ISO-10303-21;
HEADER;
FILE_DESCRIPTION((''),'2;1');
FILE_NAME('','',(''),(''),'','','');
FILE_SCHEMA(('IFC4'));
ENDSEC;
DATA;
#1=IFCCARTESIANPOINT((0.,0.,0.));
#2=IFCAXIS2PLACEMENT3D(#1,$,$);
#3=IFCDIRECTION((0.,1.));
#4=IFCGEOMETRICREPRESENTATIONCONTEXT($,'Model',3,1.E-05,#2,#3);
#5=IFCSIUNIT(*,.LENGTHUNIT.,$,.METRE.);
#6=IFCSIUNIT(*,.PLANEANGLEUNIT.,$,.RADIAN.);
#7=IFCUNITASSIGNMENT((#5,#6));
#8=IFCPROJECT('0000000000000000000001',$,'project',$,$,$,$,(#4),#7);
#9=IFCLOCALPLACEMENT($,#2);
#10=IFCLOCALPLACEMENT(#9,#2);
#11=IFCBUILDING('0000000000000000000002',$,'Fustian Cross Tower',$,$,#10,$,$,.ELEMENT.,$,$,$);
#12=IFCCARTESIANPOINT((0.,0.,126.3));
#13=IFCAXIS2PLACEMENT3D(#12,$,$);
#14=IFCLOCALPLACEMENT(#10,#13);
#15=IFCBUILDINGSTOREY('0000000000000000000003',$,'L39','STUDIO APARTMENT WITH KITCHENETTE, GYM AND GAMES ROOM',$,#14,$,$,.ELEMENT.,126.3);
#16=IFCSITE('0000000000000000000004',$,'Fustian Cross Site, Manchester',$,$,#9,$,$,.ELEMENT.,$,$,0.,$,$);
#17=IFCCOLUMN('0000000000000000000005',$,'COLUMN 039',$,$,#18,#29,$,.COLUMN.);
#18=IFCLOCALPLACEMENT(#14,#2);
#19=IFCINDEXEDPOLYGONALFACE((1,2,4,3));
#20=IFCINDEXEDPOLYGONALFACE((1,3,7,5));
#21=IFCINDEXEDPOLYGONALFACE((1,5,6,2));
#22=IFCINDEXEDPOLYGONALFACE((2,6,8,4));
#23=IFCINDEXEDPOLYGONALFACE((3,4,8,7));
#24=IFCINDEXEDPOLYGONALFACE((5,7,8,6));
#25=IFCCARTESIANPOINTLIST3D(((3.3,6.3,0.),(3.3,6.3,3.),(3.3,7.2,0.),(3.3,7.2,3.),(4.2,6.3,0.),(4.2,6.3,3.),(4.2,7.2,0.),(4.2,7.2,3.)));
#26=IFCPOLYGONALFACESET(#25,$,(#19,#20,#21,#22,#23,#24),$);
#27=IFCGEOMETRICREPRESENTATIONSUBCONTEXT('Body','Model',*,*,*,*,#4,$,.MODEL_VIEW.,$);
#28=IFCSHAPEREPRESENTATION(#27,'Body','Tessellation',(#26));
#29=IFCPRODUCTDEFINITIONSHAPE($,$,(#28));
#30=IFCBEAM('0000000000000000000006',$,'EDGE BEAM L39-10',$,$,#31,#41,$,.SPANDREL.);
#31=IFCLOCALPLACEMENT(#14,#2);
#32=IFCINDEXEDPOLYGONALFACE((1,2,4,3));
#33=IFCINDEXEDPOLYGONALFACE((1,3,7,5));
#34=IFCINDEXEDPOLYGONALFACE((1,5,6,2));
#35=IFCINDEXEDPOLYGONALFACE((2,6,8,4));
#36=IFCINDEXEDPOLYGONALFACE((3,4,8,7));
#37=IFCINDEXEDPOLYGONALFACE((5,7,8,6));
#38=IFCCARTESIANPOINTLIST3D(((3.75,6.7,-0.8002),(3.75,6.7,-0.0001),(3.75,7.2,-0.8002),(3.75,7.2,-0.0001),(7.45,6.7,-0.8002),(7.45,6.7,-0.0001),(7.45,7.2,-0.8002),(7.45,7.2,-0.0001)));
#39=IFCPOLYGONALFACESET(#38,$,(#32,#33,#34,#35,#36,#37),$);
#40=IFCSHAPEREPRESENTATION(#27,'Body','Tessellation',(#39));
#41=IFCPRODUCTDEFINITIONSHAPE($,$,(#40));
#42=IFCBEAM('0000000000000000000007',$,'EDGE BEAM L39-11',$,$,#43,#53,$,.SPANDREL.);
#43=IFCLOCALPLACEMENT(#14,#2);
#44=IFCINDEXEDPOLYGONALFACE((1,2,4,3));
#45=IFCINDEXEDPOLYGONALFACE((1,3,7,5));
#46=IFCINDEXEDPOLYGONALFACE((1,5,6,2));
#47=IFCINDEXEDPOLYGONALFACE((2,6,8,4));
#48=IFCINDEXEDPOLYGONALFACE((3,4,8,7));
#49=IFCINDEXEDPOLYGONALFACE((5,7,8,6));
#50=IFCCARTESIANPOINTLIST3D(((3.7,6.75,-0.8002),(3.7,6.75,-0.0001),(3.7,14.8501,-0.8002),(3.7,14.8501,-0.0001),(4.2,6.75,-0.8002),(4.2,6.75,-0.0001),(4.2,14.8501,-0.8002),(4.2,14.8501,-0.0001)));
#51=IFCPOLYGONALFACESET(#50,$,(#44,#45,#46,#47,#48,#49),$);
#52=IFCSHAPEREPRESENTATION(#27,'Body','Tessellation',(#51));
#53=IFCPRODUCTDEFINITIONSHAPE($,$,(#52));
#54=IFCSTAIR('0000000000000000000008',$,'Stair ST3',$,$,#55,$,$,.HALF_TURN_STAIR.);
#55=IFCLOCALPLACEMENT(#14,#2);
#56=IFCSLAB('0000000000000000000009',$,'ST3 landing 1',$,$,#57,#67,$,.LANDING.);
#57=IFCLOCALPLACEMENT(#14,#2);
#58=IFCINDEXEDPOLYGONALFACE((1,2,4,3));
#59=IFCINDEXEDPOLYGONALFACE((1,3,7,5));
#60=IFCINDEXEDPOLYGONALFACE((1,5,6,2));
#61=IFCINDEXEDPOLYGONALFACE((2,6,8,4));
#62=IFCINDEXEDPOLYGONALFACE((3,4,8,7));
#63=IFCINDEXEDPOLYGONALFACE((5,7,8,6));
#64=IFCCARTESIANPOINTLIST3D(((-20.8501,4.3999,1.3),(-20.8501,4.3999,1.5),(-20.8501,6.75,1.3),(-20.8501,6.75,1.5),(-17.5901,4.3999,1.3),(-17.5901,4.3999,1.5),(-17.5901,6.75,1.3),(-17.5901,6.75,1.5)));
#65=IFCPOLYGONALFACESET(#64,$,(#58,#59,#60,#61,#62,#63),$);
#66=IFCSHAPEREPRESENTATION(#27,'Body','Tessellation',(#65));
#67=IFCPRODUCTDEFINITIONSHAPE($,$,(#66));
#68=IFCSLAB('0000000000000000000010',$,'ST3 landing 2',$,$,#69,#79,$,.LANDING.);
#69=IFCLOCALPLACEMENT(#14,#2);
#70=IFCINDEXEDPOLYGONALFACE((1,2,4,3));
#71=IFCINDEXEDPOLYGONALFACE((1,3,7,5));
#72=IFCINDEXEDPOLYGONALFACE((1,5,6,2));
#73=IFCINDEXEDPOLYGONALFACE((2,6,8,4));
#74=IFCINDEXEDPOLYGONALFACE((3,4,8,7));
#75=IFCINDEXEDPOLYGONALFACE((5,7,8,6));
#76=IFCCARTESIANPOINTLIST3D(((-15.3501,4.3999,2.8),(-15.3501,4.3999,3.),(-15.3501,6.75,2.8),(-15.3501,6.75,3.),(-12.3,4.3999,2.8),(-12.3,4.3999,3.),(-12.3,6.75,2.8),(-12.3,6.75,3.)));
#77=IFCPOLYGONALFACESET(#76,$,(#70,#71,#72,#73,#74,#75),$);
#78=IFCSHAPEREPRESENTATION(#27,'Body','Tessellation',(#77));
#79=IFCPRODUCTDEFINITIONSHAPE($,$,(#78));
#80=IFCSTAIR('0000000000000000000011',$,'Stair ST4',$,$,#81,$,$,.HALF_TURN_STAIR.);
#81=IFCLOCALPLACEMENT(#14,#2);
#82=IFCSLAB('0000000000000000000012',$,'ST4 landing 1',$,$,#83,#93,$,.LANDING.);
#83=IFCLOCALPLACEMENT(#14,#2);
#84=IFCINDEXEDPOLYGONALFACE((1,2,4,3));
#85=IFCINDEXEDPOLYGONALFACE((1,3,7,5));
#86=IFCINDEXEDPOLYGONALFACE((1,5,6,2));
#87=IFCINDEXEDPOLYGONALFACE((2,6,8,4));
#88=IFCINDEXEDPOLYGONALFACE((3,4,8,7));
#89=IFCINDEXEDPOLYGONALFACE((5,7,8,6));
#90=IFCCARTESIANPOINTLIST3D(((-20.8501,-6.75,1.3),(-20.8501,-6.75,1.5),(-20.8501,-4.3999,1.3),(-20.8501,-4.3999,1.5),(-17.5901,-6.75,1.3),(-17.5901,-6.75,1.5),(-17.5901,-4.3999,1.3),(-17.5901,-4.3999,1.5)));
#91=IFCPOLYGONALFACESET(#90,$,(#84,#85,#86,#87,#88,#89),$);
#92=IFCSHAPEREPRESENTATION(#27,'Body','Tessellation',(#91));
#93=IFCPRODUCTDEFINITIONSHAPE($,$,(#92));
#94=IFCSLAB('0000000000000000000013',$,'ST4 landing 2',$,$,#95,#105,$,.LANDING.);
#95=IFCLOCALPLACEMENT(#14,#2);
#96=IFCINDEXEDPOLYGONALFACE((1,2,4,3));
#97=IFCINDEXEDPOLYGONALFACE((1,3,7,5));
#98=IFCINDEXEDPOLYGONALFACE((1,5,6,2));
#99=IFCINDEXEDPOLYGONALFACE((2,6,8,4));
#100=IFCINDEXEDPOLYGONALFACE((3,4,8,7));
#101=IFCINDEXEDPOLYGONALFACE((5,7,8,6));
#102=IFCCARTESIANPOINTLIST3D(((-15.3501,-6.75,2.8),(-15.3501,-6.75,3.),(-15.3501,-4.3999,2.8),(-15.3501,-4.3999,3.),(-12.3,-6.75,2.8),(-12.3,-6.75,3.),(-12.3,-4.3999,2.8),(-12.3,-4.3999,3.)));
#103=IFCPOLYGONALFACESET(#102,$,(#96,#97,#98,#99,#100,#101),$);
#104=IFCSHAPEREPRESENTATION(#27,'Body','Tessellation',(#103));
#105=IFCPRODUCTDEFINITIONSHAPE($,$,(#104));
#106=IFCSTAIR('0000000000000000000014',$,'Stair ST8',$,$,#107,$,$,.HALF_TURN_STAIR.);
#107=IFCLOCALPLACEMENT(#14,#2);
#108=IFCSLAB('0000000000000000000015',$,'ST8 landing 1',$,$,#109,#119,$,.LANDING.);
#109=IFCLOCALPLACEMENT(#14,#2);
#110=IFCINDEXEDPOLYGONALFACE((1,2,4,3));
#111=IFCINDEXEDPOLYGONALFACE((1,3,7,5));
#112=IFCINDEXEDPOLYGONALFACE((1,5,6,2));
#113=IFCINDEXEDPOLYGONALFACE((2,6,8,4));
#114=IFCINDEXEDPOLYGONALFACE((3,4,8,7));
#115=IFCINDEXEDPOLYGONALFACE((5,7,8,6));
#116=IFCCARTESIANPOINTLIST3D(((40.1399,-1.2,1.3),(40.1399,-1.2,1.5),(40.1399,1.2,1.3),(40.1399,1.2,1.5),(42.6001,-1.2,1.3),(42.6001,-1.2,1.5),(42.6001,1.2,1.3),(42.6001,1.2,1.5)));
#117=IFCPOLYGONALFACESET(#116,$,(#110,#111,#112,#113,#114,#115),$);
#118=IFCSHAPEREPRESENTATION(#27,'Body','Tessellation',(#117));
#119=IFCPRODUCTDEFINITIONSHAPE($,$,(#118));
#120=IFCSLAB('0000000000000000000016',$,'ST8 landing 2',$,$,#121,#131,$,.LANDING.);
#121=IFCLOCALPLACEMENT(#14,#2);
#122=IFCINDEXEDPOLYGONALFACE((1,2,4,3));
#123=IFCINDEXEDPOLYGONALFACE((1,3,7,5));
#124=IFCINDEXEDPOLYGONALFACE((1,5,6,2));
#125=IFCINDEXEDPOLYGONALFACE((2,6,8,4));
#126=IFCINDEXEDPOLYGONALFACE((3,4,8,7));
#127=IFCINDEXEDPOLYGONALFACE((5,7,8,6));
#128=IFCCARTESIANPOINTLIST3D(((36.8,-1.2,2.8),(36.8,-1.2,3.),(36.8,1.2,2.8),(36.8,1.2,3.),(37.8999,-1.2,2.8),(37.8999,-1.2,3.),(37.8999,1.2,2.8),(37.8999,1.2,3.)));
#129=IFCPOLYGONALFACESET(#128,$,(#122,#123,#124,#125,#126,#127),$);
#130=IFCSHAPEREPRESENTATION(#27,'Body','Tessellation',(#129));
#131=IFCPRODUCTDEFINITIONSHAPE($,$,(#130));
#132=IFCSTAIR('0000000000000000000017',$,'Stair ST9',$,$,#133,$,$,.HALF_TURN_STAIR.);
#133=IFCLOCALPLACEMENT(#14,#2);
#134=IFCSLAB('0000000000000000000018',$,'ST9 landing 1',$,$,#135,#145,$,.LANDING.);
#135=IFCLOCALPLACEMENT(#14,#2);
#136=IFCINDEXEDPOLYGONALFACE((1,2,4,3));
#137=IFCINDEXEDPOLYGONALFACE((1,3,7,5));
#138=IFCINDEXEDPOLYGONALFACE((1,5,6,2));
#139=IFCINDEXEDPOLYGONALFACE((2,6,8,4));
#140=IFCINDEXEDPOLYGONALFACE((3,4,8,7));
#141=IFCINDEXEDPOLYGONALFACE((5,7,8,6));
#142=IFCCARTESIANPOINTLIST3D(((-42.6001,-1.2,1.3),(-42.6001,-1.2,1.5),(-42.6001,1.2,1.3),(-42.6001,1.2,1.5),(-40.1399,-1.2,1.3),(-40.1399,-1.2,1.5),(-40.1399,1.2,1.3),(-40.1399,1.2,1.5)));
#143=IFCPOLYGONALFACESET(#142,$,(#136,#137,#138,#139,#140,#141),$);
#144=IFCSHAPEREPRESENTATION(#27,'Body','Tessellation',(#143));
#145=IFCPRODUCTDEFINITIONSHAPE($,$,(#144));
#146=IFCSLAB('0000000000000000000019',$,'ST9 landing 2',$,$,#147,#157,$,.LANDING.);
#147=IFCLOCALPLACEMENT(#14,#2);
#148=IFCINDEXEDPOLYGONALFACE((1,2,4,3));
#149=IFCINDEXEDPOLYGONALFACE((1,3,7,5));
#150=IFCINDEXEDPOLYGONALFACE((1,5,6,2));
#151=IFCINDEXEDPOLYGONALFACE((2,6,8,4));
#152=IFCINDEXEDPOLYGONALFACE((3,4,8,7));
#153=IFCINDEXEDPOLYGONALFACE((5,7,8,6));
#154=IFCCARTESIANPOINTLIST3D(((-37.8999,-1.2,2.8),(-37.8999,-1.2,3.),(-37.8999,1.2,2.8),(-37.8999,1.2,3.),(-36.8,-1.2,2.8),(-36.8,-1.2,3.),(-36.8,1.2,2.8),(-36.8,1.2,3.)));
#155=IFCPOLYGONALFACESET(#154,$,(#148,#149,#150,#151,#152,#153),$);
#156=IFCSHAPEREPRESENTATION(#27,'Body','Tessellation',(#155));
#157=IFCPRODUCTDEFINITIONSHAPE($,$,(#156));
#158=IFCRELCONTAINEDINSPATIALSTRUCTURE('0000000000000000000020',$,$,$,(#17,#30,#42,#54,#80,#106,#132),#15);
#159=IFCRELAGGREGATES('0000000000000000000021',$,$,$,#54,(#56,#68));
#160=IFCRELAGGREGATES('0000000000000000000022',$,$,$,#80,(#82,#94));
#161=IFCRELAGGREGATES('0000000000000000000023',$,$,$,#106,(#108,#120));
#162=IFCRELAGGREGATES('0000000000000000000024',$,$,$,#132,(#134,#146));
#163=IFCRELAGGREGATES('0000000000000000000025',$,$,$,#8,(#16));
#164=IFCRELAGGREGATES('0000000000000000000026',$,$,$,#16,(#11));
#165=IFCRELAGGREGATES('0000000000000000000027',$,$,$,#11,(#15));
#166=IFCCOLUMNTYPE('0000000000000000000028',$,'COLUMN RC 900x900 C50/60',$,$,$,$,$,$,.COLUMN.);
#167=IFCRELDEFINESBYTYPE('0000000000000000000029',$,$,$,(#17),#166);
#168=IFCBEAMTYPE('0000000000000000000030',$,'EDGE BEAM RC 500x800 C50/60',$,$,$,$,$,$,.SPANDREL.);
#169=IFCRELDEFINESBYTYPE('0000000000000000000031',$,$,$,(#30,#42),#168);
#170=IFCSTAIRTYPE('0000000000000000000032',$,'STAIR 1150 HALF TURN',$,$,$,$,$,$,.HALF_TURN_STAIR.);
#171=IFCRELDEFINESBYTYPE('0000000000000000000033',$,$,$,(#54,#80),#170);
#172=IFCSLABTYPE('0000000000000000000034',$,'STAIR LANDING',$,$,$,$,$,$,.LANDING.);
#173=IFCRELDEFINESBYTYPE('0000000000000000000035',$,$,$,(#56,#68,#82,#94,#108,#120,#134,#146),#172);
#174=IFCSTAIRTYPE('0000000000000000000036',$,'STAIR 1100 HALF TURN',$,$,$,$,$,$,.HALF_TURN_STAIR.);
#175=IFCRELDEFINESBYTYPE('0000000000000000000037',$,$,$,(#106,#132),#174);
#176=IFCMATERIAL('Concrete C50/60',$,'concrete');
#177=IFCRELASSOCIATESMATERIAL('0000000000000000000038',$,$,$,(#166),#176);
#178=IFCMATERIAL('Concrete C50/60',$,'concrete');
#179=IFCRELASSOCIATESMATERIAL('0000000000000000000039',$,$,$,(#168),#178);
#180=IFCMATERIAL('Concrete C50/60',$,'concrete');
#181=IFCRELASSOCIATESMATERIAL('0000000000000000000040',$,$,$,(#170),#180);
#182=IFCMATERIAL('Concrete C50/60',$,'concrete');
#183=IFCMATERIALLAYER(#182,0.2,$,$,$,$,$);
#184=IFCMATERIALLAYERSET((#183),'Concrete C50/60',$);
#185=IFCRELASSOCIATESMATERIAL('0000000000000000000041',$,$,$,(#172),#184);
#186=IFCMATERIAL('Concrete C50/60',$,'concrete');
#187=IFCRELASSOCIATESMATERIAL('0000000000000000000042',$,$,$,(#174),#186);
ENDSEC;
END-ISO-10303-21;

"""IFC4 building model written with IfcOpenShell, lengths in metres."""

from ifc_helpers import new_model, si_unit, direction, frame, origin, origin_2d, place, context, subcontext, project, spatial, polyline, rectangle, outline, extrude, material, layer, layer_set, material_profile, profile_set, type_object, element, aggregate, save


model = new_model("IFC4")

# Units and contexts
model_context = context("Model", 3, precision=1e-05, world=origin(), true_north=direction((0.0, 1.0)))
body_context = subcontext(model_context, "Body", "Model", "MODEL_VIEW")
ifc_project = project(units=[si_unit("LENGTHUNIT", "METRE"), si_unit("PLANEANGLEUNIT", "RADIAN")], contexts=[model_context])

# Site, building, storey
site_placement = place(None, origin())
site = spatial("IfcSite", under=ifc_project, at=site_placement, Name="Fustian Cross Site, Manchester", CompositionType="ELEMENT", RefElevation=0.0)
building_placement = place(site_placement, origin())
building = spatial("IfcBuilding", under=site, at=building_placement, Name="Fustian Cross Tower", CompositionType="ELEMENT")
storey_placement = place(building_placement, frame((0.0, 0.0, 126.3)))
storey = spatial("IfcBuildingStorey", under=building, at=storey_placement, Name="L39", Description="STUDIO APARTMENT WITH KITCHENETTE, GYM AND GAMES ROOM", CompositionType="ELEMENT", Elevation=126.3)

# Column
ifc_material_1 = material(Name="Concrete C50/60", Category="concrete")
ifc_material_profile_1 = material_profile(ifc_material_1, rectangle(XDim=0.8999, YDim=0.8999, at=origin_2d()), Name="RC 900x900")
ifc_profile_set_1 = profile_set([ifc_material_profile_1], Name="Concrete C50/60")
column_type = type_object("IfcColumnType", Name="COLUMN RC 900x900 C50/60", PredefinedType="COLUMN", material=ifc_profile_set_1)
column_placement = place(storey_placement, frame((3.75, 6.75, 0.0), z_axis=(0.0, 0.0, 1.0), x_axis=(1.0, 0.0, 0.0)))
element("IfcColumn", 1, at=column_placement, inside=storey, type_object=column_type, Name="COLUMN 039", PredefinedType="COLUMN", context=body_context, shape_type="SweptSolid", body=[
    extrude(rectangle(XDim=0.8999, YDim=0.8999, at=origin_2d()), origin(), (0.0, 0.0, 1.0), 3.0),
])

# Beams
ifc_material_2 = material(Name="Concrete C50/60", Category="concrete")
ifc_material_profile_2 = material_profile(ifc_material_2, rectangle(XDim=0.5, YDim=0.8, at=origin_2d()), Name="RC 500x800")
ifc_profile_set_2 = profile_set([ifc_material_profile_2], Name="Concrete C50/60")
beam_type = type_object("IfcBeamType", Name="EDGE BEAM RC 500x800 C50/60", PredefinedType="SPANDREL", material=ifc_profile_set_2)
beam_1_placement = place(storey_placement, frame((7.45, 6.95, -0.4001), z_axis=(-1.0, 0.0, 0.0), x_axis=(0.0, -1.0, 0.0)))
element("IfcBeam", 2, at=beam_1_placement, inside=storey, type_object=beam_type, Name="EDGE BEAM L39-10", PredefinedType="SPANDREL", context=body_context, shape_type="SweptSolid", body=[
    extrude(rectangle(XDim=0.5, YDim=0.8, at=origin_2d()), origin(), (0.0, 0.0, 1.0), 3.7),
])
beam_2_placement = place(storey_placement, frame((3.95, 6.75, -0.4001), z_axis=(0.0, 1.0, 0.0), x_axis=(-1.0, 0.0, 0.0)))
element("IfcBeam", 3, at=beam_2_placement, inside=storey, type_object=beam_type, Name="EDGE BEAM L39-11", PredefinedType="SPANDREL", context=body_context, shape_type="SweptSolid", body=[
    extrude(rectangle(XDim=0.5, YDim=0.8, at=origin_2d()), origin(), (0.0, 0.0, 1.0), 8.1001),
])

# Stairs, slabs
ifc_material_3 = material(Name="Concrete C50/60", Category="concrete")
stair_type_1 = type_object("IfcStairType", Name="STAIR 1150 HALF TURN", PredefinedType="HALF_TURN_STAIR", material=ifc_material_3)
stair_1_placement = place(storey_placement, origin())
stair_1 = element("IfcStair", 4, at=stair_1_placement, inside=storey, type_object=stair_type_1, Name="Stair ST3", PredefinedType="HALF_TURN_STAIR")
ifc_material_4 = material(Name="Concrete C50/60", Category="concrete")
ifc_layer_1 = layer(ifc_material_4, 0.2)
ifc_layer_set_1 = layer_set([ifc_layer_1], Name="Concrete C50/60")
slab_type = type_object("IfcSlabType", Name="STAIR LANDING", PredefinedType="LANDING", material=ifc_layer_set_1)
slab_1_placement = place(storey_placement, frame((0.0, 0.0, 1.3)))
slab_1 = element("IfcSlab", 5, at=slab_1_placement, type_object=slab_type, Name="ST3 landing 1", PredefinedType="LANDING", context=body_context, shape_type="SweptSolid", body=[
    extrude(outline(polyline([(-17.5901, 4.3999), (-20.8501, 4.3999), (-20.8501, 6.75), (-17.5901, 6.75), (-17.5901, 4.3999)])), origin(), (0.0, 0.0, 1.0), 0.2),
])
slab_2_placement = place(storey_placement, frame((0.0, 0.0, 2.8)))
slab_2 = element("IfcSlab", 6, at=slab_2_placement, type_object=slab_type, Name="ST3 landing 2", PredefinedType="LANDING", context=body_context, shape_type="SweptSolid", body=[
    extrude(outline(polyline([(-12.3, 4.3999), (-15.3501, 4.3999), (-15.3501, 6.75), (-12.3, 6.75), (-12.3, 4.3999)])), origin(), (0.0, 0.0, 1.0), 0.2),
])
aggregate(stair_1, [slab_1, slab_2])
stair_2_placement = place(storey_placement, origin())
stair_2 = element("IfcStair", 7, at=stair_2_placement, inside=storey, type_object=stair_type_1, Name="Stair ST4", PredefinedType="HALF_TURN_STAIR")
slab_3_placement = place(storey_placement, frame((0.0, 0.0, 1.3)))
slab_3 = element("IfcSlab", 8, at=slab_3_placement, type_object=slab_type, Name="ST4 landing 1", PredefinedType="LANDING", context=body_context, shape_type="SweptSolid", body=[
    extrude(outline(polyline([(-17.5901, -4.3999), (-20.8501, -4.3999), (-20.8501, -6.75), (-17.5901, -6.75), (-17.5901, -4.3999)])), origin(), (0.0, 0.0, 1.0), 0.2),
])
slab_4_placement = place(storey_placement, frame((0.0, 0.0, 2.8)))
slab_4 = element("IfcSlab", 9, at=slab_4_placement, type_object=slab_type, Name="ST4 landing 2", PredefinedType="LANDING", context=body_context, shape_type="SweptSolid", body=[
    extrude(outline(polyline([(-12.3, -4.3999), (-15.3501, -4.3999), (-15.3501, -6.75), (-12.3, -6.75), (-12.3, -4.3999)])), origin(), (0.0, 0.0, 1.0), 0.2),
])
aggregate(stair_2, [slab_3, slab_4])
ifc_material_5 = material(Name="Concrete C50/60", Category="concrete")
stair_type_2 = type_object("IfcStairType", Name="STAIR 1100 HALF TURN", PredefinedType="HALF_TURN_STAIR", material=ifc_material_5)
stair_3_placement = place(storey_placement, origin())
stair_3 = element("IfcStair", 10, at=stair_3_placement, inside=storey, type_object=stair_type_2, Name="Stair ST8", PredefinedType="HALF_TURN_STAIR")
slab_5_placement = place(storey_placement, frame((0.0, 0.0, 1.3)))
slab_5 = element("IfcSlab", 11, at=slab_5_placement, type_object=slab_type, Name="ST8 landing 1", PredefinedType="LANDING", context=body_context, shape_type="SweptSolid", body=[
    extrude(outline(polyline([(40.1399, -1.2), (42.6001, -1.2), (42.6001, 1.2), (40.1399, 1.2), (40.1399, -1.2)])), origin(), (0.0, 0.0, 1.0), 0.2),
])
slab_6_placement = place(storey_placement, frame((0.0, 0.0, 2.8)))
slab_6 = element("IfcSlab", 12, at=slab_6_placement, type_object=slab_type, Name="ST8 landing 2", PredefinedType="LANDING", context=body_context, shape_type="SweptSolid", body=[
    extrude(outline(polyline([(36.8, -1.2), (37.8999, -1.2), (37.8999, 1.2), (36.8, 1.2), (36.8, -1.2)])), origin(), (0.0, 0.0, 1.0), 0.2),
])
aggregate(stair_3, [slab_5, slab_6])
stair_4_placement = place(storey_placement, origin())
stair_4 = element("IfcStair", 13, at=stair_4_placement, inside=storey, type_object=stair_type_2, Name="Stair ST9", PredefinedType="HALF_TURN_STAIR")
slab_7_placement = place(storey_placement, frame((0.0, 0.0, 1.3)))
slab_7 = element("IfcSlab", 14, at=slab_7_placement, type_object=slab_type, Name="ST9 landing 1", PredefinedType="LANDING", context=body_context, shape_type="SweptSolid", body=[
    extrude(outline(polyline([(-40.1399, -1.2), (-42.6001, -1.2), (-42.6001, 1.2), (-40.1399, 1.2), (-40.1399, -1.2)])), origin(), (0.0, 0.0, 1.0), 0.2),
])
slab_8_placement = place(storey_placement, frame((0.0, 0.0, 2.8)))
slab_8 = element("IfcSlab", 15, at=slab_8_placement, type_object=slab_type, Name="ST9 landing 2", PredefinedType="LANDING", context=body_context, shape_type="SweptSolid", body=[
    extrude(outline(polyline([(-36.8, -1.2), (-37.8999, -1.2), (-37.8999, 1.2), (-36.8, 1.2), (-36.8, -1.2)])), origin(), (0.0, 0.0, 1.0), 0.2),
])
aggregate(stair_4, [slab_7, slab_8])

save(model, "model.ifc")
